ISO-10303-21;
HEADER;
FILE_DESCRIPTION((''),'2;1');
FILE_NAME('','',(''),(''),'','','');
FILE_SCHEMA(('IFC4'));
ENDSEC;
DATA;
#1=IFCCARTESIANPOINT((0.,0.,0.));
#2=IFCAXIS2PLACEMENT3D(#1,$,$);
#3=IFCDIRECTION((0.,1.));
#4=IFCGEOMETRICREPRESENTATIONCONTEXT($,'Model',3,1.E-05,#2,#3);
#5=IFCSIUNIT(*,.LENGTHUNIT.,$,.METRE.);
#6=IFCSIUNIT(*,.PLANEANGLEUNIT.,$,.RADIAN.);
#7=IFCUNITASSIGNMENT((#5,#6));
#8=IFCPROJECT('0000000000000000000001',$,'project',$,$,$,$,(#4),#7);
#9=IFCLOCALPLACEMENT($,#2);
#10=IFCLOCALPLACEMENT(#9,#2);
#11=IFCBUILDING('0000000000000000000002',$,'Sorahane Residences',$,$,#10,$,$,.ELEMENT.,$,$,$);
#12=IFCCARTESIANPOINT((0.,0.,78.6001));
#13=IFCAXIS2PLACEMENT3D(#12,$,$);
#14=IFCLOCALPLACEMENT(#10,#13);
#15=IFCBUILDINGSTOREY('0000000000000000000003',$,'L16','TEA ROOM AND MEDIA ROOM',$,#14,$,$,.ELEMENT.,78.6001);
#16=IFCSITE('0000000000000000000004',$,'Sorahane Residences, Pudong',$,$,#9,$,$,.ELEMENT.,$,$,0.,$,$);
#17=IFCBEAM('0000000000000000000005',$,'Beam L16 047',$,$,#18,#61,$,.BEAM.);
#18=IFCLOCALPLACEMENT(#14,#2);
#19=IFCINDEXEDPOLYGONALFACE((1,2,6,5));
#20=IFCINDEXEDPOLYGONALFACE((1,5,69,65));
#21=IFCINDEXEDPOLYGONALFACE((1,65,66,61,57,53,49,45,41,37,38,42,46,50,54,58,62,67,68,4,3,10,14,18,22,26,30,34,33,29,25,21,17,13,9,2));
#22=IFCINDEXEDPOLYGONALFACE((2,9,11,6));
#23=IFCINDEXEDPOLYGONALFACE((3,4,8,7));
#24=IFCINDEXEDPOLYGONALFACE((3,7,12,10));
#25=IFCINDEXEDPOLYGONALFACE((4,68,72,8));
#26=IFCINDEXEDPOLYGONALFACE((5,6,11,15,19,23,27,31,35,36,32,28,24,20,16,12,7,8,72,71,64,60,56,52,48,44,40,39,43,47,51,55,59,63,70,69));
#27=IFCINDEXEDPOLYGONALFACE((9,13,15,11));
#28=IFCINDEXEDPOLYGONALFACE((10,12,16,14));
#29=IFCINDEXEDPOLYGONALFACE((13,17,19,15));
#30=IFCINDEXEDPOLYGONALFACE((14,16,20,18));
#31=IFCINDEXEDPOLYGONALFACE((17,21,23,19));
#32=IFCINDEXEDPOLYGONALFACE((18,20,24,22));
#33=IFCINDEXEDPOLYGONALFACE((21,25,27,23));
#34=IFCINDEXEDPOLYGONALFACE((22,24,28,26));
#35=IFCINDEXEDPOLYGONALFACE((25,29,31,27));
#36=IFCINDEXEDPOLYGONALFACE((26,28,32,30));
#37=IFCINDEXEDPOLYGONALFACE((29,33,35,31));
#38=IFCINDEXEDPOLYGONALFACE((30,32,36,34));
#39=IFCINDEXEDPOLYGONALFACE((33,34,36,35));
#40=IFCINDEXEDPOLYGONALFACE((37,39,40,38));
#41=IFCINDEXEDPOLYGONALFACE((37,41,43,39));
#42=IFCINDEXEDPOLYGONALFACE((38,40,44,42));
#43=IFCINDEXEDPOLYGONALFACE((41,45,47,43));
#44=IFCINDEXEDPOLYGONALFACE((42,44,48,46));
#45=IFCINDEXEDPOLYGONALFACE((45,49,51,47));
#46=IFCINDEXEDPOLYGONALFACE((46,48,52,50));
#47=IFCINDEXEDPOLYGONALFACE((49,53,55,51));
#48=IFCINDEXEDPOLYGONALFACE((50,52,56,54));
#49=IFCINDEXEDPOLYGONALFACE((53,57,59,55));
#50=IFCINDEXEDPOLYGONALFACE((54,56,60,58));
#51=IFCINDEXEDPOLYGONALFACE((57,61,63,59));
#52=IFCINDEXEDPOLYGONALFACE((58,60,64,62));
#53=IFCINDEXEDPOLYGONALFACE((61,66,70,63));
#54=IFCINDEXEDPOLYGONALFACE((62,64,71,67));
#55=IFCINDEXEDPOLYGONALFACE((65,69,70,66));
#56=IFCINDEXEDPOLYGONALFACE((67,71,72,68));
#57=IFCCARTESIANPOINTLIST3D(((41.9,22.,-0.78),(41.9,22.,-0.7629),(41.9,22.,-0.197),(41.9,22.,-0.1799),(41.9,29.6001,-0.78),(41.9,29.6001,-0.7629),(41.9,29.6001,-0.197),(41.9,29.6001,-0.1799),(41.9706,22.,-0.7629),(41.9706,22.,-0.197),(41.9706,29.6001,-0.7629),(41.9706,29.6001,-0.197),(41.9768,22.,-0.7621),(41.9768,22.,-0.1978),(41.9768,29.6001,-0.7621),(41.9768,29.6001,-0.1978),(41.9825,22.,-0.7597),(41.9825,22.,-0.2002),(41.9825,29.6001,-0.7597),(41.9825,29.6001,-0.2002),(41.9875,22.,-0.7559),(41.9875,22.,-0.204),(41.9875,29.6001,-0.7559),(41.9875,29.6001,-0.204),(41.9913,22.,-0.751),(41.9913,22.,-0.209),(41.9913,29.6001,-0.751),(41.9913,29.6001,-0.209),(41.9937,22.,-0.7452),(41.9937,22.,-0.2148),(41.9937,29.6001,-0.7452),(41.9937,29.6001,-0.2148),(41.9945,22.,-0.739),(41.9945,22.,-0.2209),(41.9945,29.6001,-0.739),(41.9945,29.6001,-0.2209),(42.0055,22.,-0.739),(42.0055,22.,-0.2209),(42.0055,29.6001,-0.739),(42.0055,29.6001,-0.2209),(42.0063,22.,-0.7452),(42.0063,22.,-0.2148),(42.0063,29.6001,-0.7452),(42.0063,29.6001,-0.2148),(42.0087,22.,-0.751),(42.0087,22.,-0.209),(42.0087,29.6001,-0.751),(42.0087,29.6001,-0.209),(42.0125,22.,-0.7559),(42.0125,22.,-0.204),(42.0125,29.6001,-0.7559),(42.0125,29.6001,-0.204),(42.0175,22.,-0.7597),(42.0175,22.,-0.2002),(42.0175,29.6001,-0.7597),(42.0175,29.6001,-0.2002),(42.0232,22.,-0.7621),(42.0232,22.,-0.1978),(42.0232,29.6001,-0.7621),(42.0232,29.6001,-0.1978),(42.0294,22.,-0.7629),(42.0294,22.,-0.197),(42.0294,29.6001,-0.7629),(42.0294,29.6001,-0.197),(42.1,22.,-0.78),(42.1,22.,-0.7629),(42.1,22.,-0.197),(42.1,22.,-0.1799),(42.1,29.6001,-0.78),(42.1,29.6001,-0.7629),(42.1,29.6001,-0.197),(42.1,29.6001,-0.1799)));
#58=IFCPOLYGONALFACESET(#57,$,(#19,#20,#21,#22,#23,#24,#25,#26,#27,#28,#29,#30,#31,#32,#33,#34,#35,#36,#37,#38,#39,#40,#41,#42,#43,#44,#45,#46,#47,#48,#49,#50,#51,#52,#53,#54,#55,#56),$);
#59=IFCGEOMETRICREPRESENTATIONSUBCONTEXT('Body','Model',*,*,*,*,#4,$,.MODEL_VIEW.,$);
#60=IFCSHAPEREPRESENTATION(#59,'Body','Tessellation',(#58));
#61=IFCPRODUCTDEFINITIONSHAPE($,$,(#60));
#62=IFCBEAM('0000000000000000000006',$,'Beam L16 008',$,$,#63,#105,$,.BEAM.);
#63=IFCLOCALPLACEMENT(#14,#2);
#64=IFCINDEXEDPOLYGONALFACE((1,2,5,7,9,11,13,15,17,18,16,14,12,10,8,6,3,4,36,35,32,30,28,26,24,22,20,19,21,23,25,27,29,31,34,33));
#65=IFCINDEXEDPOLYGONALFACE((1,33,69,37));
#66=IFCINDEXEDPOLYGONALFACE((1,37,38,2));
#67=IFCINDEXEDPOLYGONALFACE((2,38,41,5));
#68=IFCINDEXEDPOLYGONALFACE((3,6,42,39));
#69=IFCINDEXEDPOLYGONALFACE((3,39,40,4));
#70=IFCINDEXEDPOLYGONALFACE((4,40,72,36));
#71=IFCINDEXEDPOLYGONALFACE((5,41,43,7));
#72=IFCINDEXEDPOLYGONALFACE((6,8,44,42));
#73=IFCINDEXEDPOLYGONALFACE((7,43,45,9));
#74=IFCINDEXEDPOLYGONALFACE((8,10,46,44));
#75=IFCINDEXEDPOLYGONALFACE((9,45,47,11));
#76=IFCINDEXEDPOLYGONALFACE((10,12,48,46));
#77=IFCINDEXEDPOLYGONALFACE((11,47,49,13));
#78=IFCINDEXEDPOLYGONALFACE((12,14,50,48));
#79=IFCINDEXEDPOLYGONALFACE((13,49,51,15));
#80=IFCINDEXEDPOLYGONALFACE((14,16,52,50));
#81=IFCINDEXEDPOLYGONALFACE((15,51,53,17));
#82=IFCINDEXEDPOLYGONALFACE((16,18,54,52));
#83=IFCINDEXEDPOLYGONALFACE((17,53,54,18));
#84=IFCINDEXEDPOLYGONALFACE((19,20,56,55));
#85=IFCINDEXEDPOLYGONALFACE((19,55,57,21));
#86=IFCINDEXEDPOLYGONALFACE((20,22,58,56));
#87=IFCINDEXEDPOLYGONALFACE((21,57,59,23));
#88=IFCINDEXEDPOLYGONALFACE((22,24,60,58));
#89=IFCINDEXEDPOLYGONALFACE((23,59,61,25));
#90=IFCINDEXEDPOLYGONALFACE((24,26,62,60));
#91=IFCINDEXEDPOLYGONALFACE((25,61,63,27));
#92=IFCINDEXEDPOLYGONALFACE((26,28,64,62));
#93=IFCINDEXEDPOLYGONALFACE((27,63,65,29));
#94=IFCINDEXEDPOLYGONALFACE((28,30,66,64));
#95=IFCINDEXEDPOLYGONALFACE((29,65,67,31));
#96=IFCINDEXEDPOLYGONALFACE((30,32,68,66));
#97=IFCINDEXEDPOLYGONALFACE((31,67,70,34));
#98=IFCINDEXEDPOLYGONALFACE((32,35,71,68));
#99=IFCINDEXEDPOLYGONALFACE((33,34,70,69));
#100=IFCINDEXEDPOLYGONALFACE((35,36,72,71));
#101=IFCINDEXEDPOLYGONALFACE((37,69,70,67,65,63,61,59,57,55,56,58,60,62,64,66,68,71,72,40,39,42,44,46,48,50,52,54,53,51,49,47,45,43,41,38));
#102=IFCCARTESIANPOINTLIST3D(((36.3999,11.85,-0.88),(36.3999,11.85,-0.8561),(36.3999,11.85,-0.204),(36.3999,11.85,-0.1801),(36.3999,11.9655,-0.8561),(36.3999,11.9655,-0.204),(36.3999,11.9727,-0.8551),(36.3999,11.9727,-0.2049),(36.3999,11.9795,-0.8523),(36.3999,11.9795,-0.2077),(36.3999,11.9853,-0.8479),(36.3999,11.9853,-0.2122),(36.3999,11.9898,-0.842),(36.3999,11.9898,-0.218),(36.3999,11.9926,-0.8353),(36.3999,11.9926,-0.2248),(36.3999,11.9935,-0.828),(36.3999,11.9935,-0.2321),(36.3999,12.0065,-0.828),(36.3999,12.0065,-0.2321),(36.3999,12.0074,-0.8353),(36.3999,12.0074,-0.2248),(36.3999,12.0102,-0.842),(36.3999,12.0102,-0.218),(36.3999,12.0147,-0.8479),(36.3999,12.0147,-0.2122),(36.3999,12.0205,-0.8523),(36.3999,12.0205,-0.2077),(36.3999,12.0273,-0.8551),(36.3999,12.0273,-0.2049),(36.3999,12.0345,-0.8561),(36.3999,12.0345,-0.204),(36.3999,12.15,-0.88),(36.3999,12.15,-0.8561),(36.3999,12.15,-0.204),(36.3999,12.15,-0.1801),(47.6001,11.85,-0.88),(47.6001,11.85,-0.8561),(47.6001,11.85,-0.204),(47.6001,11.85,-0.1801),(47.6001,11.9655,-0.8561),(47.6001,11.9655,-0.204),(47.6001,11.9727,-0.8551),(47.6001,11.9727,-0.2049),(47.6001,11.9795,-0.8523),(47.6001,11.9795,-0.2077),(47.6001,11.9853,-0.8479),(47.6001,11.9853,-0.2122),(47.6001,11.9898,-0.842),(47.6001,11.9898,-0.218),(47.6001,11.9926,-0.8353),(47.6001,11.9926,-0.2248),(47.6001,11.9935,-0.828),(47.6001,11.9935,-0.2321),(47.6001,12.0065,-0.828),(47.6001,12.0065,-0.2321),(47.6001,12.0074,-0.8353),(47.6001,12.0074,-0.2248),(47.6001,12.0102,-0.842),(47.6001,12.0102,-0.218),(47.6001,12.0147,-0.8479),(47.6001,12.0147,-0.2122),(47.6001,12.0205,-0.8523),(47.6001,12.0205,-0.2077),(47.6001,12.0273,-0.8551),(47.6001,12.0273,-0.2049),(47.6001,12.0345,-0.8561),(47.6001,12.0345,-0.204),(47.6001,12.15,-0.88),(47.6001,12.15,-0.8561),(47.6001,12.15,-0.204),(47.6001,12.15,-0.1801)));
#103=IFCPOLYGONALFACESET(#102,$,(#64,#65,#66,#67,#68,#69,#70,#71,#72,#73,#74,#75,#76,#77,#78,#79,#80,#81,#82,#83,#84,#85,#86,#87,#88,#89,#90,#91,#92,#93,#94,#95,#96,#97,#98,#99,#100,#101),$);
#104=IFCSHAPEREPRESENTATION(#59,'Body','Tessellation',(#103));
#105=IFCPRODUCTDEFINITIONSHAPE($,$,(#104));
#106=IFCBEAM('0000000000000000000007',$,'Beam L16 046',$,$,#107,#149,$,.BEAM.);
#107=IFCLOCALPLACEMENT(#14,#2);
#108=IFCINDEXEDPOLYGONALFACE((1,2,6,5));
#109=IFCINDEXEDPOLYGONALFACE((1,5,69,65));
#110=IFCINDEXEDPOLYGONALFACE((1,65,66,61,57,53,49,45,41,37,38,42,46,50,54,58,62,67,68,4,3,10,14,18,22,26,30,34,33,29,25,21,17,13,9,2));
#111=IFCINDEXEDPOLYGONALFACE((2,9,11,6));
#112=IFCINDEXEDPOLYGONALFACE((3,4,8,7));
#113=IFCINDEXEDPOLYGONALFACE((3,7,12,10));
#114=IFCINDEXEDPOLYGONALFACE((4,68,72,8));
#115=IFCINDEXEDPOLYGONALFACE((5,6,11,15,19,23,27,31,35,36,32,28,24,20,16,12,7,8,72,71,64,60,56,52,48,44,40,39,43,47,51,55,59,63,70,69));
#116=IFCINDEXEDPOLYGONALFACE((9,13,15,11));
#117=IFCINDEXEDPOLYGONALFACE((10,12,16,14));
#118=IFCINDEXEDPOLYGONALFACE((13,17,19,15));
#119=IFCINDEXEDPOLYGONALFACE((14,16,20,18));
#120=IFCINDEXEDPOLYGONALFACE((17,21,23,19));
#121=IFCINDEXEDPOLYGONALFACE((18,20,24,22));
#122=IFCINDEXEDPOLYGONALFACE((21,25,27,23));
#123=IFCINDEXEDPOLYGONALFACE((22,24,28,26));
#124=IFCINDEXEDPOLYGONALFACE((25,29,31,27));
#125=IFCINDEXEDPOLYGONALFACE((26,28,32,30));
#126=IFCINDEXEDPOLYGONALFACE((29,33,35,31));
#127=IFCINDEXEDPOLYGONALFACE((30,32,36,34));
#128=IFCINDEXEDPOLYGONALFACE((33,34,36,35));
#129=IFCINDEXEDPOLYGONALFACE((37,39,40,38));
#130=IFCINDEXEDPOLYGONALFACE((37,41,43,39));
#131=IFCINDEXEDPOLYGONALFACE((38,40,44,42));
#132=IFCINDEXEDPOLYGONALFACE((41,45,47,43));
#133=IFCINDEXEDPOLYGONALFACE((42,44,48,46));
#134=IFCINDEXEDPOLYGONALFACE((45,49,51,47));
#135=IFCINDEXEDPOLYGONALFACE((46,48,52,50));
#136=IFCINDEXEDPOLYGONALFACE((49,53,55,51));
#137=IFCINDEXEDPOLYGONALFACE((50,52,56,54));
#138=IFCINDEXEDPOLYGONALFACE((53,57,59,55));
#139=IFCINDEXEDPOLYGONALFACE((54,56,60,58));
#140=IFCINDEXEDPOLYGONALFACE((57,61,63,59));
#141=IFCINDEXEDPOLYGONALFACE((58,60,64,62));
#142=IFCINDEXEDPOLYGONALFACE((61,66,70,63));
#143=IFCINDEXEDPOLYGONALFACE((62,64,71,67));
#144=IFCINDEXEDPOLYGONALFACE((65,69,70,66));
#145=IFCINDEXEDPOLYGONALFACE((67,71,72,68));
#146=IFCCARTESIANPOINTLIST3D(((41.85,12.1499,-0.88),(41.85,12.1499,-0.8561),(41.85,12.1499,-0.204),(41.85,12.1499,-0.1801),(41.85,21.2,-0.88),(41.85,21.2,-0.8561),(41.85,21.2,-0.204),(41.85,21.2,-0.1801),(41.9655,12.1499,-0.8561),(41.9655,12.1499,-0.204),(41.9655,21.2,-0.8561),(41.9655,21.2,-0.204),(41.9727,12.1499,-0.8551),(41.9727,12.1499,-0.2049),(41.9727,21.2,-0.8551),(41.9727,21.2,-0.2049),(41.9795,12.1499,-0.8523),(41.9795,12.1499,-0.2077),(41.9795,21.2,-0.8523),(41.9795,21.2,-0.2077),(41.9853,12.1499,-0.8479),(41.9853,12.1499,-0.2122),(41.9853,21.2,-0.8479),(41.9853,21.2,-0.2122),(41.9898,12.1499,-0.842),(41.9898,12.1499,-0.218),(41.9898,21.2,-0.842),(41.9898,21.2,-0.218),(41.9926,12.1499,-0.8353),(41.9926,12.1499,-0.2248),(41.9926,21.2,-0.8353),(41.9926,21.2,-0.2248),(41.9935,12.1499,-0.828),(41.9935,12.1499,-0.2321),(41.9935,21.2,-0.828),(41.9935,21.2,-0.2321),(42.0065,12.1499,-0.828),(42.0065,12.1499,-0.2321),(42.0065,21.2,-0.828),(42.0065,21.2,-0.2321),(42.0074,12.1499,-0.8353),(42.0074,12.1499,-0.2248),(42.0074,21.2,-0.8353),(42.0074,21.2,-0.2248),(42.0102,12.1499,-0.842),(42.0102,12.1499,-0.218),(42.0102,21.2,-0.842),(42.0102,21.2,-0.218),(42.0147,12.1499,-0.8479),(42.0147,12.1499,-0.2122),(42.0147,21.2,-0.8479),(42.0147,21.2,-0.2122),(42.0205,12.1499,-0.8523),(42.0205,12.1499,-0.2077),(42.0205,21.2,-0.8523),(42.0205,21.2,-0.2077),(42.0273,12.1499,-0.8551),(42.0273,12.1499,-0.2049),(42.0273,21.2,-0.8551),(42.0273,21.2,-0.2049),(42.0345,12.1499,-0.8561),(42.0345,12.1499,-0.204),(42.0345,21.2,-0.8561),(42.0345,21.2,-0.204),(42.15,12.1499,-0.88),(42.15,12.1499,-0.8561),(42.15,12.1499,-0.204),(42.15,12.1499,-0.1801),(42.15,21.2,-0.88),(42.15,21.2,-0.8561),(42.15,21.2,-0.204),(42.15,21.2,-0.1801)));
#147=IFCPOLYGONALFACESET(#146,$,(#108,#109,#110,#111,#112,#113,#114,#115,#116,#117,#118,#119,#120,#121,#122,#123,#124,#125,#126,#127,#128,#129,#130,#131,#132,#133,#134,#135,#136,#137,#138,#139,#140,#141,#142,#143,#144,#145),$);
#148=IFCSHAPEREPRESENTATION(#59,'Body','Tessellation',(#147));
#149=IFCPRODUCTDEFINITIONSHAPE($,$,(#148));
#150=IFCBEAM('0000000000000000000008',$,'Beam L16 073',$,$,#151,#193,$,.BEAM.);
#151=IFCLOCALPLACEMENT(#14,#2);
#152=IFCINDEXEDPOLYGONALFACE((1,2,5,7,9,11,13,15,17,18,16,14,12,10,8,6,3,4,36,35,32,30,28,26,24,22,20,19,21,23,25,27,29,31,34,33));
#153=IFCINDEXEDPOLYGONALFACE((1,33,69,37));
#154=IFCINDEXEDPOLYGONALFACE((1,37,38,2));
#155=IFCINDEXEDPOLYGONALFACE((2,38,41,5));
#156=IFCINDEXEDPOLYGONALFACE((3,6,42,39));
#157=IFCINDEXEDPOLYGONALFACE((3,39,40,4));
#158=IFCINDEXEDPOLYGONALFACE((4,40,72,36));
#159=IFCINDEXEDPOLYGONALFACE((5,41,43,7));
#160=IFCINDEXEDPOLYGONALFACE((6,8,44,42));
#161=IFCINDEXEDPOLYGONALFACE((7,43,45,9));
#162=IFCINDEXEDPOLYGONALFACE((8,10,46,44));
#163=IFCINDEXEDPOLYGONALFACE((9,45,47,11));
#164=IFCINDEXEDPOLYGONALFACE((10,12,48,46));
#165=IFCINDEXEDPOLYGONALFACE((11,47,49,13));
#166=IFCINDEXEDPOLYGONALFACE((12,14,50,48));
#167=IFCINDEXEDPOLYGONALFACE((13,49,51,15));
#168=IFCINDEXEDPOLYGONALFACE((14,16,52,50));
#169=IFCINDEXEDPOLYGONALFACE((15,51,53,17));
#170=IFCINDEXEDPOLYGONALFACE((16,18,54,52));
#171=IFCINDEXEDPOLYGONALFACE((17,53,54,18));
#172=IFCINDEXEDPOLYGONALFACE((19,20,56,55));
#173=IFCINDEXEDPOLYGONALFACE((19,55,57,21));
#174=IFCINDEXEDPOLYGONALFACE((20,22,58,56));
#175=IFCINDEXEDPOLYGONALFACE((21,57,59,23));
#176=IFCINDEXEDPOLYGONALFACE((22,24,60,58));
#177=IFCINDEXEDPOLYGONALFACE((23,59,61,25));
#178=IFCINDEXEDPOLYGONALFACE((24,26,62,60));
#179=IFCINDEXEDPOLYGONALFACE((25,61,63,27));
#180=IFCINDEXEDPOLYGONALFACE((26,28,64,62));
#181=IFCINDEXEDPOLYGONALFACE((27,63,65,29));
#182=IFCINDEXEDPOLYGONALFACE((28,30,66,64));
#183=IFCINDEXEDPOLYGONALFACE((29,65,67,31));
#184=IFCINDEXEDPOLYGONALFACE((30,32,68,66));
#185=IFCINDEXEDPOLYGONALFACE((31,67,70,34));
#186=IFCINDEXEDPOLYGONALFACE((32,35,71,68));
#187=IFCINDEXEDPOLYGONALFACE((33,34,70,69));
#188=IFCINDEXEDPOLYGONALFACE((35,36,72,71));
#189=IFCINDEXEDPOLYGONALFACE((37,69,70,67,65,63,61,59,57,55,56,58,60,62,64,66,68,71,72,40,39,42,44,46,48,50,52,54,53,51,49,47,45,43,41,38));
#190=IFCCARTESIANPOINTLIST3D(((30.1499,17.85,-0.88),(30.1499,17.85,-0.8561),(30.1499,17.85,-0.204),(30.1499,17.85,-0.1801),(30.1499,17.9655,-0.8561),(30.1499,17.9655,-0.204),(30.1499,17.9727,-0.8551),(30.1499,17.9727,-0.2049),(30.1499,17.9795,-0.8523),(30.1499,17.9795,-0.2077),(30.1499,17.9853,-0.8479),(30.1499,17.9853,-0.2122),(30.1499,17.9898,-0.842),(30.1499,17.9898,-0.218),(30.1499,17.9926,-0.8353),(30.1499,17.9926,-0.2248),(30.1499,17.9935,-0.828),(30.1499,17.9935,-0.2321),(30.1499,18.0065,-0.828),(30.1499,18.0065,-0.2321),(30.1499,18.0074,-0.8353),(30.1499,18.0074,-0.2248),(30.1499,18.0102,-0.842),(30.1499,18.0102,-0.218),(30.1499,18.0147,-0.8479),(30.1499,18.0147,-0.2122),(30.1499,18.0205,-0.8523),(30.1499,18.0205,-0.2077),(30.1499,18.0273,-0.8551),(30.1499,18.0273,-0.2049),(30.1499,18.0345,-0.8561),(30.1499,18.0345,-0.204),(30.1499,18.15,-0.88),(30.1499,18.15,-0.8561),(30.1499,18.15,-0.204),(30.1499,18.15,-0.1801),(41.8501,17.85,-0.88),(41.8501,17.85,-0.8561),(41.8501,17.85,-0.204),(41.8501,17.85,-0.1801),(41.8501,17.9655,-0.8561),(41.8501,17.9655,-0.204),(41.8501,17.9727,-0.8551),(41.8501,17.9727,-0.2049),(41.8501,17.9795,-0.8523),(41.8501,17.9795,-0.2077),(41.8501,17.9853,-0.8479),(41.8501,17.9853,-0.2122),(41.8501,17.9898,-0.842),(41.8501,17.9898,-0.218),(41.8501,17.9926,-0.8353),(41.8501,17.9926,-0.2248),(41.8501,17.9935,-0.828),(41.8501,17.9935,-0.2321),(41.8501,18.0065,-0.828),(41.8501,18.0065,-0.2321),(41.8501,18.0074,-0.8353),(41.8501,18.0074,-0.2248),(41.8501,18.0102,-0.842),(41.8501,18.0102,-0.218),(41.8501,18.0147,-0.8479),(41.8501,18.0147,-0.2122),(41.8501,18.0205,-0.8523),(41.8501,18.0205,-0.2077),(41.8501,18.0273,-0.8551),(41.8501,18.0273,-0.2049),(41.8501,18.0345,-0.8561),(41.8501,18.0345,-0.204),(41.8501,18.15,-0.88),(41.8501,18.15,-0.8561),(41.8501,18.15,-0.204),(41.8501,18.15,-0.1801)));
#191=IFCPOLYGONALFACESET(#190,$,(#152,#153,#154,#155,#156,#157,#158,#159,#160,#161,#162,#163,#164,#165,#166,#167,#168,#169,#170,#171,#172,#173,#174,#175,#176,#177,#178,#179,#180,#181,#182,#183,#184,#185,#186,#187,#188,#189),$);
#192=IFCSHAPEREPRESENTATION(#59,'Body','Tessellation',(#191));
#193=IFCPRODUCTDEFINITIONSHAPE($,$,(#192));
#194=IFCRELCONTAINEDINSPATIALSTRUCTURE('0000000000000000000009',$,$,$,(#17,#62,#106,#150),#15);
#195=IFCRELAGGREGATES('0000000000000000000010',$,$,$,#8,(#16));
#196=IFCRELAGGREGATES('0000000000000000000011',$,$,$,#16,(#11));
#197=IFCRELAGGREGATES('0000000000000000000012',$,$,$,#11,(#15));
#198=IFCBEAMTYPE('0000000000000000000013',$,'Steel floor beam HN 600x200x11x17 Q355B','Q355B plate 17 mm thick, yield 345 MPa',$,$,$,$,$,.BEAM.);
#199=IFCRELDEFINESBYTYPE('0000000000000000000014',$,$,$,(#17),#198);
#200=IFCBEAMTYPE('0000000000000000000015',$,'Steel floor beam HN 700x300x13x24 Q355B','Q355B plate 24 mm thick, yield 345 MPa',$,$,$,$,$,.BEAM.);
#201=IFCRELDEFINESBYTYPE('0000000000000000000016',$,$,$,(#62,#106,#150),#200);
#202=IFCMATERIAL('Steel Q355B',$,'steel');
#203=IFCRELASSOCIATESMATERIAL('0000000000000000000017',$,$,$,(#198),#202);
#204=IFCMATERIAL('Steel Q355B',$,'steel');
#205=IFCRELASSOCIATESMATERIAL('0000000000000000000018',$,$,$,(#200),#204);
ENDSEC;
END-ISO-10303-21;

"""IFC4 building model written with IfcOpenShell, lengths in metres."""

from ifc_helpers import new_model, si_unit, direction, frame, origin, origin_2d, place, context, subcontext, project, spatial, i_section, extrude, material, material_profile, profile_set, type_object, element, save


model = new_model("IFC4")

# Units and contexts
model_context = context("Model", 3, precision=1e-05, world=origin(), true_north=direction((0.0, 1.0)))
body_context = subcontext(model_context, "Body", "Model", "MODEL_VIEW")
ifc_project = project(units=[si_unit("LENGTHUNIT", "METRE"), si_unit("PLANEANGLEUNIT", "RADIAN")], contexts=[model_context])

# Site, building, storey
site_placement = place(None, origin())
site = spatial("IfcSite", under=ifc_project, at=site_placement, Name="Sorahane Residences, Pudong", CompositionType="ELEMENT", RefElevation=0.0)
building_placement = place(site_placement, origin())
building = spatial("IfcBuilding", under=site, at=building_placement, Name="Sorahane Residences", CompositionType="ELEMENT")
storey_placement = place(building_placement, frame((0.0, 0.0, 78.6001)))
storey = spatial("IfcBuildingStorey", under=building, at=storey_placement, Name="L16", Description="TEA ROOM AND MEDIA ROOM", CompositionType="ELEMENT", Elevation=78.6001)

# Beams
ifc_material_1 = material(Name="Steel Q355B", Category="steel")
ifc_material_profile_1 = material_profile(ifc_material_1, i_section(OverallWidth=0.2, OverallDepth=0.6001, WebThickness=0.011, FlangeThickness=0.0171, FilletRadius=0.0239, at=origin_2d()), Name="HN 600x200x11x17")
ifc_profile_set_1 = profile_set([ifc_material_profile_1], Name="Steel Q355B")
beam_type_1 = type_object("IfcBeamType", Name="Steel floor beam HN 600x200x11x17 Q355B", Description="Q355B plate 17 mm thick, yield 345 MPa", PredefinedType="BEAM", material=ifc_profile_set_1)
for number, where, z_axis, x_axis, name in (
    (1, (42.0, 22.0, -0.48), (0.0, 1.0, 0.0), (-1.0, 0.0, 0.0), "Beam L16 047"),
):
    element("IfcBeam", number, at=place(storey_placement, frame(where, z_axis=z_axis, x_axis=x_axis)), inside=storey, type_object=beam_type_1, Name=name, PredefinedType="BEAM", context=body_context, shape_type="SweptSolid", body=[
        extrude(i_section(OverallWidth=0.2, OverallDepth=0.6001, WebThickness=0.011, FlangeThickness=0.0171, FilletRadius=0.0239, at=origin_2d()), origin(), (0.0, 0.0, 1.0), 7.6001),
    ])
ifc_material_2 = material(Name="Steel Q355B", Category="steel")
ifc_material_profile_2 = material_profile(ifc_material_2, i_section(OverallWidth=0.3, OverallDepth=0.7, WebThickness=0.0129, FlangeThickness=0.0239, FilletRadius=0.0281, at=origin_2d()), Name="HN 700x300x13x24")
ifc_profile_set_2 = profile_set([ifc_material_profile_2], Name="Steel Q355B")
beam_type_2 = type_object("IfcBeamType", Name="Steel floor beam HN 700x300x13x24 Q355B", Description="Q355B plate 24 mm thick, yield 345 MPa", PredefinedType="BEAM", material=ifc_profile_set_2)
beam_1_placement = place(storey_placement, frame((36.3999, 12.0, -0.53), z_axis=(1.0, 0.0, 0.0), x_axis=(0.0, 1.0, 0.0)))
element("IfcBeam", 2, at=beam_1_placement, inside=storey, type_object=beam_type_2, Name="Beam L16 008", PredefinedType="BEAM", context=body_context, shape_type="SweptSolid", body=[
    extrude(i_section(OverallWidth=0.3, OverallDepth=0.7, WebThickness=0.0129, FlangeThickness=0.0239, FilletRadius=0.0281, at=origin_2d()), origin(), (0.0, 0.0, 1.0), 11.2002),
])
beam_2_placement = place(storey_placement, frame((42.0, 12.1499, -0.53), z_axis=(0.0, 1.0, 0.0), x_axis=(-1.0, 0.0, 0.0)))
element("IfcBeam", 3, at=beam_2_placement, inside=storey, type_object=beam_type_2, Name="Beam L16 046", PredefinedType="BEAM", context=body_context, shape_type="SweptSolid", body=[
    extrude(i_section(OverallWidth=0.3, OverallDepth=0.7, WebThickness=0.0129, FlangeThickness=0.0239, FilletRadius=0.0281, at=origin_2d()), origin(), (0.0, 0.0, 1.0), 9.05),
])
beam_3_placement = place(storey_placement, frame((30.1499, 18.0, -0.53), z_axis=(1.0, 0.0, 0.0), x_axis=(0.0, 1.0, 0.0)))
element("IfcBeam", 4, at=beam_3_placement, inside=storey, type_object=beam_type_2, Name="Beam L16 073", PredefinedType="BEAM", context=body_context, shape_type="SweptSolid", body=[
    extrude(i_section(OverallWidth=0.3, OverallDepth=0.7, WebThickness=0.0129, FlangeThickness=0.0239, FilletRadius=0.0281, at=origin_2d()), origin(), (0.0, 0.0, 1.0), 11.7002),
])

save(model, "model.ifc")
